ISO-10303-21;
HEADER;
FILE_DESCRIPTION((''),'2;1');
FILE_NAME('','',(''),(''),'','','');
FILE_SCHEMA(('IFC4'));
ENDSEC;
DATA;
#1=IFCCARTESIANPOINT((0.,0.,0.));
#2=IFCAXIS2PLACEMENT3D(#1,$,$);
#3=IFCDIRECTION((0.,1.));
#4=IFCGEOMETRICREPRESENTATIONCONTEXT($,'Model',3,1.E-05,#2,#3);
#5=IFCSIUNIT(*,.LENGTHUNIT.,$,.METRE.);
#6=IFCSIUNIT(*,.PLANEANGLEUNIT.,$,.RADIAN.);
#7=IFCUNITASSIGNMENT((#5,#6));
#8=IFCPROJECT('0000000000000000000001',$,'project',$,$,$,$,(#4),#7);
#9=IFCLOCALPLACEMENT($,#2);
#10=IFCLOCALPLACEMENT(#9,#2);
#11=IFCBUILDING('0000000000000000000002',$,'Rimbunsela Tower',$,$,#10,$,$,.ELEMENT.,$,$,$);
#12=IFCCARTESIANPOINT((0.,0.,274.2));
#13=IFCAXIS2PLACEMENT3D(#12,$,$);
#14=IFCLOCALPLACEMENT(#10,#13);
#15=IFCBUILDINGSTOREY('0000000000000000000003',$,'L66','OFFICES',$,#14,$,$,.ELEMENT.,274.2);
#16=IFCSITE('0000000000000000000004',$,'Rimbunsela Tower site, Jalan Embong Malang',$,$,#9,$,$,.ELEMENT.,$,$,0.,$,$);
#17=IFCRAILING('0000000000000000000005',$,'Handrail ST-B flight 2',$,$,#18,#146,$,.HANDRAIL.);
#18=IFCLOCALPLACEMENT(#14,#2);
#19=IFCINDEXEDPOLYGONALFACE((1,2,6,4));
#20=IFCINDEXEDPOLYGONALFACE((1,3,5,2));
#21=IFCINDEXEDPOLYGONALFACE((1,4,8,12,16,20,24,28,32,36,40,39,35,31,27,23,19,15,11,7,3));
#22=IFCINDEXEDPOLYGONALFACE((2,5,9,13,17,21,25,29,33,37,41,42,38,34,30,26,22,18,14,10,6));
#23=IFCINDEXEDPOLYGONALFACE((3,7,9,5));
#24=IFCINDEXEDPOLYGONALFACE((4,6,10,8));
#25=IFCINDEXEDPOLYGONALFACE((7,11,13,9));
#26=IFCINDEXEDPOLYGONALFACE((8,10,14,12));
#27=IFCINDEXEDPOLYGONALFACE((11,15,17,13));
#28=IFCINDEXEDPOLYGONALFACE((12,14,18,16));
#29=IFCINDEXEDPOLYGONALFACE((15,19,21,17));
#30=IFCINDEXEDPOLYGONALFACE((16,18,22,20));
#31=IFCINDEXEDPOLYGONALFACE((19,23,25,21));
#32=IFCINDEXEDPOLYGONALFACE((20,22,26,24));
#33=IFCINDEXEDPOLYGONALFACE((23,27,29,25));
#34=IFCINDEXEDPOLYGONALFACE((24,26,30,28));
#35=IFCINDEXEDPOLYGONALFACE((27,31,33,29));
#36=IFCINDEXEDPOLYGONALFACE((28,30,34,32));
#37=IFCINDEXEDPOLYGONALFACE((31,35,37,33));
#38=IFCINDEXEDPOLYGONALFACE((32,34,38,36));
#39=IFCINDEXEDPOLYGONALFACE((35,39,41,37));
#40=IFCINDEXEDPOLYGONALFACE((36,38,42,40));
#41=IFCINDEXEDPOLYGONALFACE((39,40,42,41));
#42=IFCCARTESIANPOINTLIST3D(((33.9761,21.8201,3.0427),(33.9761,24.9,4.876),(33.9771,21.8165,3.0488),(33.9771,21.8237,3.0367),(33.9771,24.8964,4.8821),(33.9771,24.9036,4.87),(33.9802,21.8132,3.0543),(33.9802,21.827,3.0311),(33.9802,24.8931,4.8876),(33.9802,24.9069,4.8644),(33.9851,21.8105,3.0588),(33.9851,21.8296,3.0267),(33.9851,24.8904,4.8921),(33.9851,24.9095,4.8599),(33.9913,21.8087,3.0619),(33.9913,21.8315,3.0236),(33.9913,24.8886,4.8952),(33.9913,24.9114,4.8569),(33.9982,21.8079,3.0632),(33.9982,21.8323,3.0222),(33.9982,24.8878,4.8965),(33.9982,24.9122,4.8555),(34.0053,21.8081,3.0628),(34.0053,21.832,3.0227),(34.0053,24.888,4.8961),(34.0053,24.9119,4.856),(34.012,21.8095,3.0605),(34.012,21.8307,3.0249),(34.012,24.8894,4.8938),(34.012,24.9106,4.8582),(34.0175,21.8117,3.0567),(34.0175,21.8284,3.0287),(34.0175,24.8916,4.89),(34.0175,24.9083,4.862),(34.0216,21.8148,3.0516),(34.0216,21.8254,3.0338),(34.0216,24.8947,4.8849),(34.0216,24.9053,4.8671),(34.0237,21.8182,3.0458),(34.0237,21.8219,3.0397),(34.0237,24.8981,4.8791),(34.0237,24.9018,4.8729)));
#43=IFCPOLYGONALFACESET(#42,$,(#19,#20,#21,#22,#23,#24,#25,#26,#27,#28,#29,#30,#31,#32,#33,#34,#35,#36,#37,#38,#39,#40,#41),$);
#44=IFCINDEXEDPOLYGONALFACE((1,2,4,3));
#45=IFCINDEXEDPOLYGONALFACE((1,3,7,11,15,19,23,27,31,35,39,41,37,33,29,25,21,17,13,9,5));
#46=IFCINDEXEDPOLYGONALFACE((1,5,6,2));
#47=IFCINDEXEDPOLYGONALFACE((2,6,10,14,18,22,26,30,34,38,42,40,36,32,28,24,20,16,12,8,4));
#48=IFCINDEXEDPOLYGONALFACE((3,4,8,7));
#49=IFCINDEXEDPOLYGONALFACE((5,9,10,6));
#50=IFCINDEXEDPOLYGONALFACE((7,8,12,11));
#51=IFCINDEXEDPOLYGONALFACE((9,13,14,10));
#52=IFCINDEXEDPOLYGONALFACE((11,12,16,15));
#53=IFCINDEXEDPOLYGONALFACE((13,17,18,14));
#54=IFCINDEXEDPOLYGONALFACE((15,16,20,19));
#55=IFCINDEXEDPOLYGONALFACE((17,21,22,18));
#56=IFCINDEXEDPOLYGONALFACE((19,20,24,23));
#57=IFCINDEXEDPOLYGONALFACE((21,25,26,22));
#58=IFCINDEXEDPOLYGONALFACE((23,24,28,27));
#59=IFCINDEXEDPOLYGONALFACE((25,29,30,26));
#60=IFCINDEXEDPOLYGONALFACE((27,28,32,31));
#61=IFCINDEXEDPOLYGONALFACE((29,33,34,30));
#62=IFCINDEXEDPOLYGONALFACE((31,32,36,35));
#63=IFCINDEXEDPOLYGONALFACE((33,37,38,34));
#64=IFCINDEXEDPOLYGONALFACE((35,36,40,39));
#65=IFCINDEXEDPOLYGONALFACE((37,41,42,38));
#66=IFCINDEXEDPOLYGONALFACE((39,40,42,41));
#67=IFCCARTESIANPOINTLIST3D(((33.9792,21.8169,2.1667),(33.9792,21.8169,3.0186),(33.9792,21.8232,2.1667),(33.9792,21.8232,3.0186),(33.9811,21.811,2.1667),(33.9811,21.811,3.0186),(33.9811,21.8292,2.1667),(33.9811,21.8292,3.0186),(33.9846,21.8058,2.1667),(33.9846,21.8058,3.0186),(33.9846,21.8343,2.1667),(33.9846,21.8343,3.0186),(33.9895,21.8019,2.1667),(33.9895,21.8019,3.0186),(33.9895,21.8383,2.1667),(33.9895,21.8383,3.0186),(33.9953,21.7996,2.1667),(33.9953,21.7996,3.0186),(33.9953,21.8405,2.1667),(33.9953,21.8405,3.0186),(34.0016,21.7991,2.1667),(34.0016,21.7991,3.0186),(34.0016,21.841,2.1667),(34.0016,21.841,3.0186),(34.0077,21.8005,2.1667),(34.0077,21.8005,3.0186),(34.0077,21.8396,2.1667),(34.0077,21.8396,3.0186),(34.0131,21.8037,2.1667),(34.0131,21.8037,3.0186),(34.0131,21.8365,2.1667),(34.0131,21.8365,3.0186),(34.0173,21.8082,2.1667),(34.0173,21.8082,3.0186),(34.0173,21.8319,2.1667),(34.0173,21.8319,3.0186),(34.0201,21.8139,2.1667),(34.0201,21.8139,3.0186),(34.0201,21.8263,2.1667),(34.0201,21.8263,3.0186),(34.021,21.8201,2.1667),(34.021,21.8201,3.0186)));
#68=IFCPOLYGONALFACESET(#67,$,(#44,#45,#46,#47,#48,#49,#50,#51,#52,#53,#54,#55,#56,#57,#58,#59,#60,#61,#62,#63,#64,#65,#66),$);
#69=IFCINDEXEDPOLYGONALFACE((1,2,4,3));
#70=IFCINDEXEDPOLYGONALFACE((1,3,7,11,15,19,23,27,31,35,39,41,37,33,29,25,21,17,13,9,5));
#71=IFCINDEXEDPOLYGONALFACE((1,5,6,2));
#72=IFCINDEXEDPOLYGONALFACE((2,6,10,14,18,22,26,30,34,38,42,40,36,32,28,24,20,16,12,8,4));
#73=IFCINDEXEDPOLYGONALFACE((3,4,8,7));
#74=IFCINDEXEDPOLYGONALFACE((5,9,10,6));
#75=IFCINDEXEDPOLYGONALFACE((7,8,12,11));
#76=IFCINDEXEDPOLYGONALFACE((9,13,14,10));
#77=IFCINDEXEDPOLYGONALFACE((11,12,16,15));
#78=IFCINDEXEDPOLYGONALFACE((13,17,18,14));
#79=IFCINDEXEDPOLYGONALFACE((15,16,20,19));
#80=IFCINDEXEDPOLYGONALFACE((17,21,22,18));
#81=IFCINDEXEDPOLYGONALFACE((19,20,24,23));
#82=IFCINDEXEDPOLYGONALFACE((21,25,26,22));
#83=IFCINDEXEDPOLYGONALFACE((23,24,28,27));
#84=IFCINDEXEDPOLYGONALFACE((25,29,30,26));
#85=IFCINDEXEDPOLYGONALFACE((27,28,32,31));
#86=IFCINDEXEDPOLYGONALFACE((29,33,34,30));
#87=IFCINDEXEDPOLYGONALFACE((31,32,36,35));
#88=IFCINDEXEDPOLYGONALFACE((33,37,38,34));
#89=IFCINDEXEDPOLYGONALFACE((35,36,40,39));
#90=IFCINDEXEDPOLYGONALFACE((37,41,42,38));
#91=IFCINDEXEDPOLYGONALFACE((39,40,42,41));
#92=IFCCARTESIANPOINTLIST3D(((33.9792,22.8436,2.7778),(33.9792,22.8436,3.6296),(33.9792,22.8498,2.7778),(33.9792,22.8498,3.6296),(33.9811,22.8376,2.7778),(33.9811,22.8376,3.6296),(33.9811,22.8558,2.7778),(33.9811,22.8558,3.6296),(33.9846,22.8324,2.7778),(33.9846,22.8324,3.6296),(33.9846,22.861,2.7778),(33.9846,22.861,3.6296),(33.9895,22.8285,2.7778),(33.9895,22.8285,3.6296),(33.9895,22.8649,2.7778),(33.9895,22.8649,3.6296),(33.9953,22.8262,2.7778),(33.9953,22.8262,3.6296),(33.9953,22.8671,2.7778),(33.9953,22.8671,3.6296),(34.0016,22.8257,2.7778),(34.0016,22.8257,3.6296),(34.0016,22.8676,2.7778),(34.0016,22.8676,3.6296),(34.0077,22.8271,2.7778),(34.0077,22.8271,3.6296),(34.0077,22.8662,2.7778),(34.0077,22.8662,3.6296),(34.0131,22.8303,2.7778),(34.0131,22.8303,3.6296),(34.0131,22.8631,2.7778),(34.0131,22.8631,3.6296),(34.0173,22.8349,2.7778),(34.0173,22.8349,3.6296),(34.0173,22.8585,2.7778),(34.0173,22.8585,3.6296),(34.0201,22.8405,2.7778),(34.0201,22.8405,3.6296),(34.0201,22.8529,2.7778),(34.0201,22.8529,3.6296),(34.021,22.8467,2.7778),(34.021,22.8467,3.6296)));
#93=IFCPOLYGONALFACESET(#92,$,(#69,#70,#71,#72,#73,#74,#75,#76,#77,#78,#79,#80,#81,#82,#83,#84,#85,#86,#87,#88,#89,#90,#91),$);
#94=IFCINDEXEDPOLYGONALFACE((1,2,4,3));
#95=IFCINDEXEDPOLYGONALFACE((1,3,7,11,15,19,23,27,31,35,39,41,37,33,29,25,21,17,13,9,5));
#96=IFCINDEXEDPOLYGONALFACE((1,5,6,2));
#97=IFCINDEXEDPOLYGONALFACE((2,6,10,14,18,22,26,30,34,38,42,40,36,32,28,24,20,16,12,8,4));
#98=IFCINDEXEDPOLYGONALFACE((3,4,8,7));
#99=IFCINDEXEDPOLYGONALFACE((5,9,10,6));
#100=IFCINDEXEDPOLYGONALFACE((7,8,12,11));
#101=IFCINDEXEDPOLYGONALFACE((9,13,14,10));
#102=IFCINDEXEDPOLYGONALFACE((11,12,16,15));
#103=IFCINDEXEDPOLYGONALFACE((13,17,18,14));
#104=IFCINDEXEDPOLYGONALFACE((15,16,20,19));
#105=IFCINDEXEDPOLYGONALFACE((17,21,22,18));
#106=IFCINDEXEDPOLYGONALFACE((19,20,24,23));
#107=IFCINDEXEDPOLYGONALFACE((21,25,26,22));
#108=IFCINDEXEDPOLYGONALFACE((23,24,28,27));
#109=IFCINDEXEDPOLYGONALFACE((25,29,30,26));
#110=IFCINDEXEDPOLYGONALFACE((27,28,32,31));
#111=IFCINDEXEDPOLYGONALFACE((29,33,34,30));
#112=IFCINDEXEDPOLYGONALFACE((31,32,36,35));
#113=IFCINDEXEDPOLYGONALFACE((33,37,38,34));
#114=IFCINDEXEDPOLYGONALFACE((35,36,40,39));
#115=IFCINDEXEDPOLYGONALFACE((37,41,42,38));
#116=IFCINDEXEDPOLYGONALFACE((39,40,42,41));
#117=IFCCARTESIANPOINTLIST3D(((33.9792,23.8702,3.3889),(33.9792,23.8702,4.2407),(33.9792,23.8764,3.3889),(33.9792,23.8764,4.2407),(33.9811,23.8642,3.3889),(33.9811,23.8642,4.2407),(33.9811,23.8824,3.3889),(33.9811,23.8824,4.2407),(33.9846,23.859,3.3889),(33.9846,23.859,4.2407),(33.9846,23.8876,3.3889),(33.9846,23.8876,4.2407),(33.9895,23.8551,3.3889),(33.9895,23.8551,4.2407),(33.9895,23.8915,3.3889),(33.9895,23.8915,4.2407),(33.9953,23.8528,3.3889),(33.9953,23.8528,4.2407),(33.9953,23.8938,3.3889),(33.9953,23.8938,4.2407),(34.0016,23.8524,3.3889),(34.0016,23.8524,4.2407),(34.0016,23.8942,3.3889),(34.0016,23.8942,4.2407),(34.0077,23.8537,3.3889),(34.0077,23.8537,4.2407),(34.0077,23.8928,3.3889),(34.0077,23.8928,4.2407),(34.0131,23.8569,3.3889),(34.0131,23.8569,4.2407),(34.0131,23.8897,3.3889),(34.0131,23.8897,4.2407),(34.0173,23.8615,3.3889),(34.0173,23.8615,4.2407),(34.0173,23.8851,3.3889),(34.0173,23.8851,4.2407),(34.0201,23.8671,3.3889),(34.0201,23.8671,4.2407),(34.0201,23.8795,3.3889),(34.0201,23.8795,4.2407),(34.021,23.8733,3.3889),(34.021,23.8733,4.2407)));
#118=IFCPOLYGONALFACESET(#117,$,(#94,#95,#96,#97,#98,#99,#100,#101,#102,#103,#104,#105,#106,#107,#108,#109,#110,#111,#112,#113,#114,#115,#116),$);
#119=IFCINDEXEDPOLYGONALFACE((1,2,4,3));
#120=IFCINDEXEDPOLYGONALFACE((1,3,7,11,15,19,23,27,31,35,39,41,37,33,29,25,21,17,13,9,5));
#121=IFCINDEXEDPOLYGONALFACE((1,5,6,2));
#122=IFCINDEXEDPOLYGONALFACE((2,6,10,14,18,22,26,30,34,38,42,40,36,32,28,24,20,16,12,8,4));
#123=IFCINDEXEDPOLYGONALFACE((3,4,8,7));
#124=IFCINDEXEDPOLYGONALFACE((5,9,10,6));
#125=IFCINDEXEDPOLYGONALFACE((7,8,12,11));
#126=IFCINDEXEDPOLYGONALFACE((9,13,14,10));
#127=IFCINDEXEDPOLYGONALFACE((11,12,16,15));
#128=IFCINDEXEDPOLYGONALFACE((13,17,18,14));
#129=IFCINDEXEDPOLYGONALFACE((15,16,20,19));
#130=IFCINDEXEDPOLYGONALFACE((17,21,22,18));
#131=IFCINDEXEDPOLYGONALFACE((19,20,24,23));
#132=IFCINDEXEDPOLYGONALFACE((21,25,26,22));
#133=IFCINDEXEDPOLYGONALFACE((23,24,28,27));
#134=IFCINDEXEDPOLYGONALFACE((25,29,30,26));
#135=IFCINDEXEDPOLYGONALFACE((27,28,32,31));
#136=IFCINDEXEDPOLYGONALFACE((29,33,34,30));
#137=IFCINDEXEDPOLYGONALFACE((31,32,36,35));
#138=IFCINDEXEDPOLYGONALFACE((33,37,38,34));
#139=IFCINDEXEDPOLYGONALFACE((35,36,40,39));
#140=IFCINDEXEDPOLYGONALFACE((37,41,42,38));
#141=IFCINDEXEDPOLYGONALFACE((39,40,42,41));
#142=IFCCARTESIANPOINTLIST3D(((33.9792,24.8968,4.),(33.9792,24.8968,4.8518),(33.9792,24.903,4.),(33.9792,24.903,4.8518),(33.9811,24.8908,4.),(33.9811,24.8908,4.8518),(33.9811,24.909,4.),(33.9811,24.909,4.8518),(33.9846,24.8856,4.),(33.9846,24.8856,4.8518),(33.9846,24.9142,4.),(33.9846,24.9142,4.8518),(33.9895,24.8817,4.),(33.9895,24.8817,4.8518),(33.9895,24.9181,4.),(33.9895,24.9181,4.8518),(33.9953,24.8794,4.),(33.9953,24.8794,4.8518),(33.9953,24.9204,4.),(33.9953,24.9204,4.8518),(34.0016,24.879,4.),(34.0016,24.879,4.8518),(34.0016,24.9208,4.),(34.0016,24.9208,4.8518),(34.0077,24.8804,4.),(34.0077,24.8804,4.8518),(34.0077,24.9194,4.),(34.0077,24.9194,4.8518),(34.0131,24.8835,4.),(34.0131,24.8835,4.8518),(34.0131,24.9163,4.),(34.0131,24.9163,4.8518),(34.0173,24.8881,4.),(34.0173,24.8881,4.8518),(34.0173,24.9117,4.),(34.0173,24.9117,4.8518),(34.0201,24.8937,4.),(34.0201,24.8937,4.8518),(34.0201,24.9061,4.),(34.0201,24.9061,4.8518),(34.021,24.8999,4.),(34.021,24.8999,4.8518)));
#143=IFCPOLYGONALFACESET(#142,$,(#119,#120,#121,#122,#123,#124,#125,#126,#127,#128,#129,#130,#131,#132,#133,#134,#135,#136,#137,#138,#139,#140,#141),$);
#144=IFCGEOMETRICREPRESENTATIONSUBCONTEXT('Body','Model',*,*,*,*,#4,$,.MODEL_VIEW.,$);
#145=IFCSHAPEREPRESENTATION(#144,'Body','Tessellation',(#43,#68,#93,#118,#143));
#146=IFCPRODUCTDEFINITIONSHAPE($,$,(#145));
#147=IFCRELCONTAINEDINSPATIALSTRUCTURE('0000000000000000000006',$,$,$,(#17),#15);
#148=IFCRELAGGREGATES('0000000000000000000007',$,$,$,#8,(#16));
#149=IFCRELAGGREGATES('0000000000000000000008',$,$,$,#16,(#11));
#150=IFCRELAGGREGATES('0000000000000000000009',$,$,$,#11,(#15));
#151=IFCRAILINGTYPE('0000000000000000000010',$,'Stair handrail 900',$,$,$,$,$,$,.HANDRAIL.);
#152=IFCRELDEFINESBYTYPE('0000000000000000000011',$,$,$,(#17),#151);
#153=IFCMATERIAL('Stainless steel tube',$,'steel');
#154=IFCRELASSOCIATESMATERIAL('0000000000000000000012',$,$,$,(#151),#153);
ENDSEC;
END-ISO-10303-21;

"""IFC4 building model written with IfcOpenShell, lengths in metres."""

from ifc_helpers import new_model, si_unit, direction, frame, origin, origin_2d, place, context, subcontext, project, spatial, circle, extrude, material, type_object, element, save


model = new_model("IFC4")

# Units and contexts
model_context = context("Model", 3, precision=1e-05, world=origin(), true_north=direction((0.0, 1.0)))
body_context = subcontext(model_context, "Body", "Model", "MODEL_VIEW")
ifc_project = project(units=[si_unit("LENGTHUNIT", "METRE"), si_unit("PLANEANGLEUNIT", "RADIAN")], contexts=[model_context])

# Site, building, storey
site_placement = place(None, origin())
site = spatial("IfcSite", under=ifc_project, at=site_placement, Name="Rimbunsela Tower site, Jalan Embong Malang", CompositionType="ELEMENT", RefElevation=0.0)
building_placement = place(site_placement, origin())
building = spatial("IfcBuilding", under=site, at=building_placement, Name="Rimbunsela Tower", CompositionType="ELEMENT")
storey_placement = place(building_placement, frame((0.0, 0.0, 274.2)))
storey = spatial("IfcBuildingStorey", under=building, at=storey_placement, Name="L66", Description="OFFICES", CompositionType="ELEMENT", Elevation=274.2)

# Railing
ifc_material_1 = material(Name="Stainless steel tube", Category="steel")
railing_type = type_object("IfcRailingType", Name="Stair handrail 900", PredefinedType="HANDRAIL", material=ifc_material_1)
for number, where, name in (
    (1, (34.0, 21.8201, 2.1667), "Handrail ST-B flight 2"),
):
    element("IfcRailing", number, at=place(storey_placement, frame(where)), inside=storey, type_object=railing_type, Name=name, PredefinedType="HANDRAIL", context=body_context, shape_type="SweptSolid", body=[
        extrude(circle(Radius=0.0239, at=origin_2d()), frame((0.0, 0.0, 0.876), z_axis=(0.0, 0.859291, 0.511487), x_axis=(-1.0, 0.0, 0.0)), (0.0, 0.0, 1.0), 3.5842),
        extrude(circle(Radius=0.021, at=origin_2d()), origin(), (0.0, 0.0, 1.0), 0.8518),
        extrude(circle(Radius=0.021, at=origin_2d()), frame((0.0, 1.0266, 0.6111)), (0.0, 0.0, 1.0), 0.8518),
        extrude(circle(Radius=0.021, at=origin_2d()), frame((0.0, 2.0532, 1.2222)), (0.0, 0.0, 1.0), 0.8518),
        extrude(circle(Radius=0.021, at=origin_2d()), frame((0.0, 3.0798, 1.8333)), (0.0, 0.0, 1.0), 0.8518),
    ])

save(model, "model.ifc")
